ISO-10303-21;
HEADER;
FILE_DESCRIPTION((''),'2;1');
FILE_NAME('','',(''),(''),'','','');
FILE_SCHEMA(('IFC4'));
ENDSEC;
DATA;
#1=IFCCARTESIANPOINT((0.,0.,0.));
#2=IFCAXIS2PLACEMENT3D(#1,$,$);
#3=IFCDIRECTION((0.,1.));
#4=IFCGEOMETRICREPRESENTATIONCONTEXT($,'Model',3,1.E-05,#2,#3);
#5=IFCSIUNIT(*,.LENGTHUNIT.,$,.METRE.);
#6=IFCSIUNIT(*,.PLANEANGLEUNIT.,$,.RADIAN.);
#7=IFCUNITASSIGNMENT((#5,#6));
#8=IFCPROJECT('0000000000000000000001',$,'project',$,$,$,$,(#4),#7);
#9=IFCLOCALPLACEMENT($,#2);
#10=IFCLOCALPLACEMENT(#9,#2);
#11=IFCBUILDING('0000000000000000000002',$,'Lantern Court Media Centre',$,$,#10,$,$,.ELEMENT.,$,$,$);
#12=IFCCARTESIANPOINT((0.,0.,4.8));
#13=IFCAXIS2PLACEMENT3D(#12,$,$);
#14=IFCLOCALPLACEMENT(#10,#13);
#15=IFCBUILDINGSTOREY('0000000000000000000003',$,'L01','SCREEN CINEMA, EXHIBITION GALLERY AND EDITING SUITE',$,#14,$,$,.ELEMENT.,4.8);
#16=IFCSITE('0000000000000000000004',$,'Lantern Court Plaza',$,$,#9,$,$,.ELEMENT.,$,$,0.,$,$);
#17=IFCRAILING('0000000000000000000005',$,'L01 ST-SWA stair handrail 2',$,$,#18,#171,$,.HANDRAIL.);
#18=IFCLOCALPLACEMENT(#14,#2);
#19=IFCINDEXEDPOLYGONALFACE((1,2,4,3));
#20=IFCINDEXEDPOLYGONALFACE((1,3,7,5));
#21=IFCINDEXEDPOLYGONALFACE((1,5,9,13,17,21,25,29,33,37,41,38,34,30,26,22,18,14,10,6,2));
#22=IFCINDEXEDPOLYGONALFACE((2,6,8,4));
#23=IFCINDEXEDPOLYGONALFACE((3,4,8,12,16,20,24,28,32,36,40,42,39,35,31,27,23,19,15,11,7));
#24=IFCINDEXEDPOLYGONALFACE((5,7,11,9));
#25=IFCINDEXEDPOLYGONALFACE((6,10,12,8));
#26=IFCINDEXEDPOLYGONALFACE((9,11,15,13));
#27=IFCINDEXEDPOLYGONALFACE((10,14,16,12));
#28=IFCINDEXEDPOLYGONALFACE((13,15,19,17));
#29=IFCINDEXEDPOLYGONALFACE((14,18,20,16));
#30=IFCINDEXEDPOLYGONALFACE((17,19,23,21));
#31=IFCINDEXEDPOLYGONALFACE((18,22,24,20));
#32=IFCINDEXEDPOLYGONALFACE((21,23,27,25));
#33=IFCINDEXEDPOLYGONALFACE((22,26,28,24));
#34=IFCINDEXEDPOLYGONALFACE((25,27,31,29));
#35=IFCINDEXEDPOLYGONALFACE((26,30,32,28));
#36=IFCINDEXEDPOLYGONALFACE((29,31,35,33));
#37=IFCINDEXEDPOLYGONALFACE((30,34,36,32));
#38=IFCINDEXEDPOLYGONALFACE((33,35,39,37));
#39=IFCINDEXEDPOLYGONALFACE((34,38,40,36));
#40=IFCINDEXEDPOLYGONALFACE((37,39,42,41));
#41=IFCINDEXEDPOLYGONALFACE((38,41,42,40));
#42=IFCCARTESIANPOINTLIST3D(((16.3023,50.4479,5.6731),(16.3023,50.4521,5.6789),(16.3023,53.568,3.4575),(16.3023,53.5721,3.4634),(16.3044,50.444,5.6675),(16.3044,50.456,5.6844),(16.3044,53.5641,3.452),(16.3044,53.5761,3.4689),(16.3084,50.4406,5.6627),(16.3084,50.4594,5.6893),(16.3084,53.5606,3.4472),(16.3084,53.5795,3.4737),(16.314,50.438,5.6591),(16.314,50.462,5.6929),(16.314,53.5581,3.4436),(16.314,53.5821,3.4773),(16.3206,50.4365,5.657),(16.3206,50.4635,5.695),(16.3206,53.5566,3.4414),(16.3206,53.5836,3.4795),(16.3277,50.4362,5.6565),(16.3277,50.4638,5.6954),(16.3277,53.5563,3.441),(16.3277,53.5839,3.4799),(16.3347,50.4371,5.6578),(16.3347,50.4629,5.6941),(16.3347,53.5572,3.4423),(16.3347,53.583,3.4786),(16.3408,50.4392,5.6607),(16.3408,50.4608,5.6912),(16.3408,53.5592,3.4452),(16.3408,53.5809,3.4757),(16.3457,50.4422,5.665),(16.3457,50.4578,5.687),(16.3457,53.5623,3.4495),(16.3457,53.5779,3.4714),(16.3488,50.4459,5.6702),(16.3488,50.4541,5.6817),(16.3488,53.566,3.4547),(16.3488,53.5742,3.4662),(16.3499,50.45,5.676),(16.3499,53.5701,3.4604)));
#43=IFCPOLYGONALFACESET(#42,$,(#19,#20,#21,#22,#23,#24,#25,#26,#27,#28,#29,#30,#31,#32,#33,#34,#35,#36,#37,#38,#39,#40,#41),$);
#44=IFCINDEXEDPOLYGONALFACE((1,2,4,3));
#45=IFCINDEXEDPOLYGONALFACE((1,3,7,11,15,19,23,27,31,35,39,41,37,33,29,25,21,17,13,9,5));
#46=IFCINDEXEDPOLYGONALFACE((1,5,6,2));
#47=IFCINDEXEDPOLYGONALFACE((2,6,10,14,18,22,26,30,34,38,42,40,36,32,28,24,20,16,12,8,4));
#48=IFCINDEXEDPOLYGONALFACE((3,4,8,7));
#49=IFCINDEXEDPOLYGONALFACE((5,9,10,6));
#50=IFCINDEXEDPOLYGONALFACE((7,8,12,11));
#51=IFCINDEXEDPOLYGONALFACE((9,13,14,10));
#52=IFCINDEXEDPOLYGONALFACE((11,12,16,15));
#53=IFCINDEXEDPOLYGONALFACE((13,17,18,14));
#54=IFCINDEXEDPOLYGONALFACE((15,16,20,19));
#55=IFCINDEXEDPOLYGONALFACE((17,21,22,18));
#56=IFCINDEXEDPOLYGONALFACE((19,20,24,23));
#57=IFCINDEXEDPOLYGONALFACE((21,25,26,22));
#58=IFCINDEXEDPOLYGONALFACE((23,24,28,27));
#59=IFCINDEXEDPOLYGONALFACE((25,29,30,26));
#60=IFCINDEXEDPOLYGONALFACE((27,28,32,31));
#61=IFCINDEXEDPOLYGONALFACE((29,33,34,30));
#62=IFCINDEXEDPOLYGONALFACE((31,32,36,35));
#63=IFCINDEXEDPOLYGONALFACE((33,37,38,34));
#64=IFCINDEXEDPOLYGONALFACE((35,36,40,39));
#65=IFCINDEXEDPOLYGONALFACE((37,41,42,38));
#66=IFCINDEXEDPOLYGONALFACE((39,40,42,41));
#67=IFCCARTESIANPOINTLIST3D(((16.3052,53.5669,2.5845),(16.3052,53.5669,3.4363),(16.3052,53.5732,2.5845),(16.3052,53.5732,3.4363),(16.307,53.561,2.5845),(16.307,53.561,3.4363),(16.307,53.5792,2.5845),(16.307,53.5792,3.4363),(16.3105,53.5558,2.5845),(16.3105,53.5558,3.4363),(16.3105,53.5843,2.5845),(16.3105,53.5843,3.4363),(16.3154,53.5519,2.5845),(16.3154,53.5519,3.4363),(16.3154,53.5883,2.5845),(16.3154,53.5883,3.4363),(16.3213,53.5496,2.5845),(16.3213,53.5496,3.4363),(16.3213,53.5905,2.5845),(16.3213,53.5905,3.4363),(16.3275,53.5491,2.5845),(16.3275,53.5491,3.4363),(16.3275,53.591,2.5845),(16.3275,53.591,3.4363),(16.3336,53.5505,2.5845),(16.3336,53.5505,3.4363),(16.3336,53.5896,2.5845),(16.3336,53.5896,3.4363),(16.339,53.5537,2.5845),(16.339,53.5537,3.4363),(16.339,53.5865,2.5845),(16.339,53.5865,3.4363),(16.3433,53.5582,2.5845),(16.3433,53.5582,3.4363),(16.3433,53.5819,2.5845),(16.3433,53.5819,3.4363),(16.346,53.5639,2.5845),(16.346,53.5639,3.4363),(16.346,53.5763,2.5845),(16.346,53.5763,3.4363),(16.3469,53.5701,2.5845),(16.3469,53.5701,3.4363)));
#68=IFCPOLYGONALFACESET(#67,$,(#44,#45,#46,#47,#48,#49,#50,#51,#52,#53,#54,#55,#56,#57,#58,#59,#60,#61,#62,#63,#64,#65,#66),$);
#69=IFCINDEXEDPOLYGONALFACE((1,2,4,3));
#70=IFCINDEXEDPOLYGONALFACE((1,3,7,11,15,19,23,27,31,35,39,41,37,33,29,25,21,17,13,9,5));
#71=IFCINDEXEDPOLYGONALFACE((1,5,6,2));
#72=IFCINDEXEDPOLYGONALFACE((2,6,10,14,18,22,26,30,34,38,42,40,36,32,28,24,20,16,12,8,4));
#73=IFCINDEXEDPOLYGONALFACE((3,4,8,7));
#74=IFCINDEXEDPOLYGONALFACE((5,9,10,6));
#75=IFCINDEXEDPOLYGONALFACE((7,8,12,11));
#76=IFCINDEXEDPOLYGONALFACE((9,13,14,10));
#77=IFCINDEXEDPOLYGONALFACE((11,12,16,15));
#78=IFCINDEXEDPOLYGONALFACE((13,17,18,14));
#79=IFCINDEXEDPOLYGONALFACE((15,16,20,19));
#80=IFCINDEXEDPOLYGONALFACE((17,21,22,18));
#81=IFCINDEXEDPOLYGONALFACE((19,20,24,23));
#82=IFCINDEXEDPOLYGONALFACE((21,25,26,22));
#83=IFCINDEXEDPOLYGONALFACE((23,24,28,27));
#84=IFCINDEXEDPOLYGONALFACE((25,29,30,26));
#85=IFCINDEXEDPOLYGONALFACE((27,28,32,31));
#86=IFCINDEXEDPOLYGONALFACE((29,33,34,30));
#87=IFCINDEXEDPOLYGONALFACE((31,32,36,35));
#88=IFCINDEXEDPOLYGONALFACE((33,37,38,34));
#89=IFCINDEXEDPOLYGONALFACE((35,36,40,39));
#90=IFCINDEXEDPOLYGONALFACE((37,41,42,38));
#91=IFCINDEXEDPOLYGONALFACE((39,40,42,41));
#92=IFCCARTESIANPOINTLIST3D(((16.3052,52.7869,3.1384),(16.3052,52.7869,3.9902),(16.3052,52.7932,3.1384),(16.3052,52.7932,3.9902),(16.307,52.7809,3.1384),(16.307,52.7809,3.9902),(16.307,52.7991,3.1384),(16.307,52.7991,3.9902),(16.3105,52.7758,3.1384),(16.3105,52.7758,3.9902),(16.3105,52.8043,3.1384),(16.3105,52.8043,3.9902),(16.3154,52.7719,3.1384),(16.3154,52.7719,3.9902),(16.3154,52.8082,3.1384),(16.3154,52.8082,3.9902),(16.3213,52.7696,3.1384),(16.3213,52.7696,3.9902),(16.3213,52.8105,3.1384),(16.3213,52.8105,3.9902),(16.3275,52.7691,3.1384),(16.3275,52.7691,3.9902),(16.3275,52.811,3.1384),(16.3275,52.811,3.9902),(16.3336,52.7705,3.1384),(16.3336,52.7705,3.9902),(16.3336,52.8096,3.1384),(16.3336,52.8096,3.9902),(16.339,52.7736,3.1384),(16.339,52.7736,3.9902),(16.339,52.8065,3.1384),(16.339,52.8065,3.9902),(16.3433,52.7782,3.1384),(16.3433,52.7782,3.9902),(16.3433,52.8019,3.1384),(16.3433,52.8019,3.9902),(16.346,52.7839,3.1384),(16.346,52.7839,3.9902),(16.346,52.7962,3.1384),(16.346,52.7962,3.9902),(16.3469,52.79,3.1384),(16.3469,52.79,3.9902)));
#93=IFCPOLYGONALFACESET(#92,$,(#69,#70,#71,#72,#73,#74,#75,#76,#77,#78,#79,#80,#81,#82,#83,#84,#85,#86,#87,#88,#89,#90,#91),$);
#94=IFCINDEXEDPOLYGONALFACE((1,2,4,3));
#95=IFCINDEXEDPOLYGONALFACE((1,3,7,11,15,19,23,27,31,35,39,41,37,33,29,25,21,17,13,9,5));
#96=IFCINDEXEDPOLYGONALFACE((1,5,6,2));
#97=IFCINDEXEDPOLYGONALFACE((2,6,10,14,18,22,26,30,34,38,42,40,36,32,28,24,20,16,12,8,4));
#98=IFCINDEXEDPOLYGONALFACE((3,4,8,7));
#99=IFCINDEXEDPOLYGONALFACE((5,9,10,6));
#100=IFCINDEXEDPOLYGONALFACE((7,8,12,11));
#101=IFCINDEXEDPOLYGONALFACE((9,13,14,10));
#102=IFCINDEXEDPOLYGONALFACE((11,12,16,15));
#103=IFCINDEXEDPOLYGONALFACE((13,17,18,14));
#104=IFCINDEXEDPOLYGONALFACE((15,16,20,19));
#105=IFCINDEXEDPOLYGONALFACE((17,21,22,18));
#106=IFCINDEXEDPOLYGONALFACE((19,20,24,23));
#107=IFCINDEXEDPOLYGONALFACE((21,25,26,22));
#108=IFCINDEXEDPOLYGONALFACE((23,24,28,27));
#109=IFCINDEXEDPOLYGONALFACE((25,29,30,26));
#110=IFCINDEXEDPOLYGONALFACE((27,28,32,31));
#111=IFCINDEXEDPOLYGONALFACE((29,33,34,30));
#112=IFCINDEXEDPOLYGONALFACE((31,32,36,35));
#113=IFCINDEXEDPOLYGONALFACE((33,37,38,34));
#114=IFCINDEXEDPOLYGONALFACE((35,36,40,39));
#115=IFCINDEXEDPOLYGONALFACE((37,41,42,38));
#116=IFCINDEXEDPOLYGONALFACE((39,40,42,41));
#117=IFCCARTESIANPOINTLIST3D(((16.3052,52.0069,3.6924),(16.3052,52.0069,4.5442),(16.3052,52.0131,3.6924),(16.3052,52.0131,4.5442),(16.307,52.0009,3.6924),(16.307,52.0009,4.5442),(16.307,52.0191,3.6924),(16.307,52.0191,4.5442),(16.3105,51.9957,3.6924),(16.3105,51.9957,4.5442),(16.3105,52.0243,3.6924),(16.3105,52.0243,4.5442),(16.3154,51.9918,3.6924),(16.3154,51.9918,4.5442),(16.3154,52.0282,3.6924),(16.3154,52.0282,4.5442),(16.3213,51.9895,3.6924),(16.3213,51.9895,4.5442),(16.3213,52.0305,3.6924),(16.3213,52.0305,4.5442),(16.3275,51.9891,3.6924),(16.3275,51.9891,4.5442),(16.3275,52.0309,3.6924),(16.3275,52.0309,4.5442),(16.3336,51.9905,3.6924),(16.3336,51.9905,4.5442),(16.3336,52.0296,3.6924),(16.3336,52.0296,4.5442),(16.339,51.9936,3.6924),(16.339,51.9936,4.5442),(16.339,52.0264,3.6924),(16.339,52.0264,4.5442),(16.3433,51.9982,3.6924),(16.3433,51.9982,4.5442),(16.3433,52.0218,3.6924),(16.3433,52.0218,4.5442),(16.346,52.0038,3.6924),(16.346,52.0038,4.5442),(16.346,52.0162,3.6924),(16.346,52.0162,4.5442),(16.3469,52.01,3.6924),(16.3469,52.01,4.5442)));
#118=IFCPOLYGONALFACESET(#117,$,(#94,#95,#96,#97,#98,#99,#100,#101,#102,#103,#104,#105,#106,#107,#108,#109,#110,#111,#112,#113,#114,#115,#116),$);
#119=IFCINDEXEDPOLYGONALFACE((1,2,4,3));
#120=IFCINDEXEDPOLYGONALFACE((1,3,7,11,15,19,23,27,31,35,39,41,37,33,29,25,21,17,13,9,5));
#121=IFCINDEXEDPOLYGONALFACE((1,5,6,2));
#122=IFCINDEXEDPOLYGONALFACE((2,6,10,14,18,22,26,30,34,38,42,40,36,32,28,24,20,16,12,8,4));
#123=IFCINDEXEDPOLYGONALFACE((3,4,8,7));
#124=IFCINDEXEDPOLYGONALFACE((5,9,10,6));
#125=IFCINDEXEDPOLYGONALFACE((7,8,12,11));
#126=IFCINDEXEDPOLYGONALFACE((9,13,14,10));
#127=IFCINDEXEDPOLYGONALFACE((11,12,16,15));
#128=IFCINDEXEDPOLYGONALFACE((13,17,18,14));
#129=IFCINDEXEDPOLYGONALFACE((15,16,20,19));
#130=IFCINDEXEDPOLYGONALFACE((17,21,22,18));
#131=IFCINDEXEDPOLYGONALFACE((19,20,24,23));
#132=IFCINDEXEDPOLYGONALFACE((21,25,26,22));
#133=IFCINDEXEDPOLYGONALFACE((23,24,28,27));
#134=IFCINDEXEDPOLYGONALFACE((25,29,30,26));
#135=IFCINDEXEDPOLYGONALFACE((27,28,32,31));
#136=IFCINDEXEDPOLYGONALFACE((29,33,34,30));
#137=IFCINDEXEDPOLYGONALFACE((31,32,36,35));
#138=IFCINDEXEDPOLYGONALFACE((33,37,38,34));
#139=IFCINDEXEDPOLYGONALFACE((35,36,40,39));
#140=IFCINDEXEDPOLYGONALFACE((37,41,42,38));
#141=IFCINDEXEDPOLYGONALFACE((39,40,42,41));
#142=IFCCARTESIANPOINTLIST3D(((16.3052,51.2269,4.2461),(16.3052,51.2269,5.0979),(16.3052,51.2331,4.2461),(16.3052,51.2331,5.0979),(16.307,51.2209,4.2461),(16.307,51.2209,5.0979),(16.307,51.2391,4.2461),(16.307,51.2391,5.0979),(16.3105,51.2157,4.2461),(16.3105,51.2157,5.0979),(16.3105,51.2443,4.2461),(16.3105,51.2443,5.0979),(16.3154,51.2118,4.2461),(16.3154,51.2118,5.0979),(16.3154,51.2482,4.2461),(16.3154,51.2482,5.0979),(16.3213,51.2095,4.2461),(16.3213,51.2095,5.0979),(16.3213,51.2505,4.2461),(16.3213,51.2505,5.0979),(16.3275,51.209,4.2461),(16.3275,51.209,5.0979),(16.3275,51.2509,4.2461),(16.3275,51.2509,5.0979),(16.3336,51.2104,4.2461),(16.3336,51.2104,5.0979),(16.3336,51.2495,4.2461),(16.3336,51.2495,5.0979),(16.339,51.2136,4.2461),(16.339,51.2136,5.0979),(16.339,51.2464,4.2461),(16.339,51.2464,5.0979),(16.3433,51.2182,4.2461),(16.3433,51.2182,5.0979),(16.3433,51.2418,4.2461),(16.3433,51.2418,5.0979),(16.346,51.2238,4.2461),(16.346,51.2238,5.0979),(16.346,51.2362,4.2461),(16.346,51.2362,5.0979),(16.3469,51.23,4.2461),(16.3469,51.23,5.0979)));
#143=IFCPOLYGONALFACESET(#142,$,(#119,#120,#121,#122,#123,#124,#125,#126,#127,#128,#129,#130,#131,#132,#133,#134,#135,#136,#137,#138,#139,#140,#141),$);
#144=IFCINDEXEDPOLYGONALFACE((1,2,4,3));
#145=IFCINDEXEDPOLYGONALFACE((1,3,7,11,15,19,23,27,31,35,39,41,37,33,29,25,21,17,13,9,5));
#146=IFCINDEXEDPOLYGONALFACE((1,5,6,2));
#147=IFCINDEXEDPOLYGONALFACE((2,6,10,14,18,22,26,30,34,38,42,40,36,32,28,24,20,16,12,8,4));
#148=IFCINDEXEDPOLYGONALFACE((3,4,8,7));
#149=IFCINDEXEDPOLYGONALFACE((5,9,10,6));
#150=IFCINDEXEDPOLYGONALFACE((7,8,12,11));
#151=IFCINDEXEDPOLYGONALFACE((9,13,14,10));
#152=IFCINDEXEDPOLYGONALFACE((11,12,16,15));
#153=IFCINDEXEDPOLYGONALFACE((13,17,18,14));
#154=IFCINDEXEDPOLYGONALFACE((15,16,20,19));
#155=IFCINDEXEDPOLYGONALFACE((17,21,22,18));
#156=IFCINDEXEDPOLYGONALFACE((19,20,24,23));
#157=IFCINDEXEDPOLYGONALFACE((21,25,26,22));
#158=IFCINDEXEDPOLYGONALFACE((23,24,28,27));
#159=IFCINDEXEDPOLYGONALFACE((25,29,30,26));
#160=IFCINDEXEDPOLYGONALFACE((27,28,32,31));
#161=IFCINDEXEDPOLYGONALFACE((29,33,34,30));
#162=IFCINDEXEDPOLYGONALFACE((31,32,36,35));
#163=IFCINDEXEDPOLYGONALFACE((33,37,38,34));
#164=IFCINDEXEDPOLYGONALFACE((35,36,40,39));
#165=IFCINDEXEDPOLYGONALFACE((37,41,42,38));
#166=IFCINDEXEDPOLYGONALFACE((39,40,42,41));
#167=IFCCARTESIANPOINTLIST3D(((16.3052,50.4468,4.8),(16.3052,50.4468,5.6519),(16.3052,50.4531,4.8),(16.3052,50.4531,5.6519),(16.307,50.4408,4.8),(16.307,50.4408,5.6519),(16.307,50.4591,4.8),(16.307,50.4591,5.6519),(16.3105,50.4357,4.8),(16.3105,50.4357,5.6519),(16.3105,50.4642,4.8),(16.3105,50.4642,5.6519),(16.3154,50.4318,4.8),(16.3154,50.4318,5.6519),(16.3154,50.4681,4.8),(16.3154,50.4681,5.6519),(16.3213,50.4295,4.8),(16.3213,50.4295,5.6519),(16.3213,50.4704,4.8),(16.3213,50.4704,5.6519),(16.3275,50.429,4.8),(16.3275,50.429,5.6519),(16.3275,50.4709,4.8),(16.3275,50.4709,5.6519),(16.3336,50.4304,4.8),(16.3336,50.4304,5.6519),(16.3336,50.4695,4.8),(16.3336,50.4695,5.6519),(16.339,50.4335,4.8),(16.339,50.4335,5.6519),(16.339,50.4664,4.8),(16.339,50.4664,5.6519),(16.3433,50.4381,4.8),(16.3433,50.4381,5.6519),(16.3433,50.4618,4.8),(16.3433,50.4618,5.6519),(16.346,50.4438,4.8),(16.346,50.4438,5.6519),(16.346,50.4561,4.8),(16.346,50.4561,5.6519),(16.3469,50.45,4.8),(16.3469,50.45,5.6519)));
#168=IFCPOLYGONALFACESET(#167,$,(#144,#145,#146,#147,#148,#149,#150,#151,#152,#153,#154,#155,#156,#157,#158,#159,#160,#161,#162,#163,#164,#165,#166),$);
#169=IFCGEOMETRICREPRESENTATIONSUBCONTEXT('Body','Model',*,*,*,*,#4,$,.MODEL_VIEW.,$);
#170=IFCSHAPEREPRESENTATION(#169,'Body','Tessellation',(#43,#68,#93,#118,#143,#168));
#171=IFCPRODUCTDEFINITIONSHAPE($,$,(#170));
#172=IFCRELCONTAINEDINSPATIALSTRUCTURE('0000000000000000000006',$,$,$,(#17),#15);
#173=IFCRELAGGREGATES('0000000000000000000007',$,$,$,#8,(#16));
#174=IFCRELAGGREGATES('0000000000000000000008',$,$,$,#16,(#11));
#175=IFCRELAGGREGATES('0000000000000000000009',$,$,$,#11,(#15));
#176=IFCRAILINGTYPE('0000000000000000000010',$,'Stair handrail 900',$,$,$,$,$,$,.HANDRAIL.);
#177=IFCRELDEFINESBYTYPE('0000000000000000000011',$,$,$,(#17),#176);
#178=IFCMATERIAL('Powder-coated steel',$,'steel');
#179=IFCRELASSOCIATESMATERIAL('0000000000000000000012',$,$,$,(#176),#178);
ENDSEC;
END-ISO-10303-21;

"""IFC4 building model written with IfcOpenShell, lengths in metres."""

from ifc_helpers import new_model, si_unit, direction, frame, origin, origin_2d, place, context, subcontext, project, spatial, circle, extrude, material, type_object, element, save


model = new_model("IFC4")

# Units and contexts
model_context = context("Model", 3, precision=1e-05, world=origin(), true_north=direction((0.0, 1.0)))
body_context = subcontext(model_context, "Body", "Model", "MODEL_VIEW")
ifc_project = project(units=[si_unit("LENGTHUNIT", "METRE"), si_unit("PLANEANGLEUNIT", "RADIAN")], contexts=[model_context])

# Site, building, storey
site_placement = place(None, origin())
site = spatial("IfcSite", under=ifc_project, at=site_placement, Name="Lantern Court Plaza", CompositionType="ELEMENT", RefElevation=0.0)
building_placement = place(site_placement, origin())
building = spatial("IfcBuilding", under=site, at=building_placement, Name="Lantern Court Media Centre", CompositionType="ELEMENT")
storey_placement = place(building_placement, frame((0.0, 0.0, 4.8)))
storey = spatial("IfcBuildingStorey", under=building, at=storey_placement, Name="L01", Description="SCREEN CINEMA, EXHIBITION GALLERY AND EDITING SUITE", CompositionType="ELEMENT", Elevation=4.8)

# Shared definitions
ifc_material_1 = material(Name="Powder-coated steel", Category="steel")

# Railing
railing_type_1 = type_object("IfcRailingType", Name="Stair handrail 900", PredefinedType="HANDRAIL", material=ifc_material_1)
for number, where, name in (
    (1, (16.3259, 53.5701, 2.5845), "L01 ST-SWA stair handrail 2"),
):
    element("IfcRailing", number, at=place(storey_placement, frame(where)), inside=storey, type_object=railing_type_1, Name=name, PredefinedType="HANDRAIL", context=body_context, shape_type="SweptSolid", body=[
        extrude(circle(Radius=0.0239, at=origin_2d()), frame((0.0, 0.0, 0.876), z_axis=(0.0, -0.815347, 0.578973), x_axis=(1.0, 0.0, 0.0)), (0.0, 0.0, 1.0), 3.8267),
        extrude(circle(Radius=0.021, at=origin_2d()), origin(), (0.0, 0.0, 1.0), 0.8518),
        extrude(circle(Radius=0.021, at=origin_2d()), frame((0.0, -0.78, 0.554)), (0.0, 0.0, 1.0), 0.8518),
        extrude(circle(Radius=0.021, at=origin_2d()), frame((0.0, -1.5601, 1.1079)), (0.0, 0.0, 1.0), 0.8518),
        extrude(circle(Radius=0.021, at=origin_2d()), frame((0.0, -2.3401, 1.6616)), (0.0, 0.0, 1.0), 0.8518),
        extrude(circle(Radius=0.021, at=origin_2d()), frame((0.0, -3.1201, 2.2156)), (0.0, 0.0, 1.0), 0.8518),
    ])

save(model, "model.ifc")
